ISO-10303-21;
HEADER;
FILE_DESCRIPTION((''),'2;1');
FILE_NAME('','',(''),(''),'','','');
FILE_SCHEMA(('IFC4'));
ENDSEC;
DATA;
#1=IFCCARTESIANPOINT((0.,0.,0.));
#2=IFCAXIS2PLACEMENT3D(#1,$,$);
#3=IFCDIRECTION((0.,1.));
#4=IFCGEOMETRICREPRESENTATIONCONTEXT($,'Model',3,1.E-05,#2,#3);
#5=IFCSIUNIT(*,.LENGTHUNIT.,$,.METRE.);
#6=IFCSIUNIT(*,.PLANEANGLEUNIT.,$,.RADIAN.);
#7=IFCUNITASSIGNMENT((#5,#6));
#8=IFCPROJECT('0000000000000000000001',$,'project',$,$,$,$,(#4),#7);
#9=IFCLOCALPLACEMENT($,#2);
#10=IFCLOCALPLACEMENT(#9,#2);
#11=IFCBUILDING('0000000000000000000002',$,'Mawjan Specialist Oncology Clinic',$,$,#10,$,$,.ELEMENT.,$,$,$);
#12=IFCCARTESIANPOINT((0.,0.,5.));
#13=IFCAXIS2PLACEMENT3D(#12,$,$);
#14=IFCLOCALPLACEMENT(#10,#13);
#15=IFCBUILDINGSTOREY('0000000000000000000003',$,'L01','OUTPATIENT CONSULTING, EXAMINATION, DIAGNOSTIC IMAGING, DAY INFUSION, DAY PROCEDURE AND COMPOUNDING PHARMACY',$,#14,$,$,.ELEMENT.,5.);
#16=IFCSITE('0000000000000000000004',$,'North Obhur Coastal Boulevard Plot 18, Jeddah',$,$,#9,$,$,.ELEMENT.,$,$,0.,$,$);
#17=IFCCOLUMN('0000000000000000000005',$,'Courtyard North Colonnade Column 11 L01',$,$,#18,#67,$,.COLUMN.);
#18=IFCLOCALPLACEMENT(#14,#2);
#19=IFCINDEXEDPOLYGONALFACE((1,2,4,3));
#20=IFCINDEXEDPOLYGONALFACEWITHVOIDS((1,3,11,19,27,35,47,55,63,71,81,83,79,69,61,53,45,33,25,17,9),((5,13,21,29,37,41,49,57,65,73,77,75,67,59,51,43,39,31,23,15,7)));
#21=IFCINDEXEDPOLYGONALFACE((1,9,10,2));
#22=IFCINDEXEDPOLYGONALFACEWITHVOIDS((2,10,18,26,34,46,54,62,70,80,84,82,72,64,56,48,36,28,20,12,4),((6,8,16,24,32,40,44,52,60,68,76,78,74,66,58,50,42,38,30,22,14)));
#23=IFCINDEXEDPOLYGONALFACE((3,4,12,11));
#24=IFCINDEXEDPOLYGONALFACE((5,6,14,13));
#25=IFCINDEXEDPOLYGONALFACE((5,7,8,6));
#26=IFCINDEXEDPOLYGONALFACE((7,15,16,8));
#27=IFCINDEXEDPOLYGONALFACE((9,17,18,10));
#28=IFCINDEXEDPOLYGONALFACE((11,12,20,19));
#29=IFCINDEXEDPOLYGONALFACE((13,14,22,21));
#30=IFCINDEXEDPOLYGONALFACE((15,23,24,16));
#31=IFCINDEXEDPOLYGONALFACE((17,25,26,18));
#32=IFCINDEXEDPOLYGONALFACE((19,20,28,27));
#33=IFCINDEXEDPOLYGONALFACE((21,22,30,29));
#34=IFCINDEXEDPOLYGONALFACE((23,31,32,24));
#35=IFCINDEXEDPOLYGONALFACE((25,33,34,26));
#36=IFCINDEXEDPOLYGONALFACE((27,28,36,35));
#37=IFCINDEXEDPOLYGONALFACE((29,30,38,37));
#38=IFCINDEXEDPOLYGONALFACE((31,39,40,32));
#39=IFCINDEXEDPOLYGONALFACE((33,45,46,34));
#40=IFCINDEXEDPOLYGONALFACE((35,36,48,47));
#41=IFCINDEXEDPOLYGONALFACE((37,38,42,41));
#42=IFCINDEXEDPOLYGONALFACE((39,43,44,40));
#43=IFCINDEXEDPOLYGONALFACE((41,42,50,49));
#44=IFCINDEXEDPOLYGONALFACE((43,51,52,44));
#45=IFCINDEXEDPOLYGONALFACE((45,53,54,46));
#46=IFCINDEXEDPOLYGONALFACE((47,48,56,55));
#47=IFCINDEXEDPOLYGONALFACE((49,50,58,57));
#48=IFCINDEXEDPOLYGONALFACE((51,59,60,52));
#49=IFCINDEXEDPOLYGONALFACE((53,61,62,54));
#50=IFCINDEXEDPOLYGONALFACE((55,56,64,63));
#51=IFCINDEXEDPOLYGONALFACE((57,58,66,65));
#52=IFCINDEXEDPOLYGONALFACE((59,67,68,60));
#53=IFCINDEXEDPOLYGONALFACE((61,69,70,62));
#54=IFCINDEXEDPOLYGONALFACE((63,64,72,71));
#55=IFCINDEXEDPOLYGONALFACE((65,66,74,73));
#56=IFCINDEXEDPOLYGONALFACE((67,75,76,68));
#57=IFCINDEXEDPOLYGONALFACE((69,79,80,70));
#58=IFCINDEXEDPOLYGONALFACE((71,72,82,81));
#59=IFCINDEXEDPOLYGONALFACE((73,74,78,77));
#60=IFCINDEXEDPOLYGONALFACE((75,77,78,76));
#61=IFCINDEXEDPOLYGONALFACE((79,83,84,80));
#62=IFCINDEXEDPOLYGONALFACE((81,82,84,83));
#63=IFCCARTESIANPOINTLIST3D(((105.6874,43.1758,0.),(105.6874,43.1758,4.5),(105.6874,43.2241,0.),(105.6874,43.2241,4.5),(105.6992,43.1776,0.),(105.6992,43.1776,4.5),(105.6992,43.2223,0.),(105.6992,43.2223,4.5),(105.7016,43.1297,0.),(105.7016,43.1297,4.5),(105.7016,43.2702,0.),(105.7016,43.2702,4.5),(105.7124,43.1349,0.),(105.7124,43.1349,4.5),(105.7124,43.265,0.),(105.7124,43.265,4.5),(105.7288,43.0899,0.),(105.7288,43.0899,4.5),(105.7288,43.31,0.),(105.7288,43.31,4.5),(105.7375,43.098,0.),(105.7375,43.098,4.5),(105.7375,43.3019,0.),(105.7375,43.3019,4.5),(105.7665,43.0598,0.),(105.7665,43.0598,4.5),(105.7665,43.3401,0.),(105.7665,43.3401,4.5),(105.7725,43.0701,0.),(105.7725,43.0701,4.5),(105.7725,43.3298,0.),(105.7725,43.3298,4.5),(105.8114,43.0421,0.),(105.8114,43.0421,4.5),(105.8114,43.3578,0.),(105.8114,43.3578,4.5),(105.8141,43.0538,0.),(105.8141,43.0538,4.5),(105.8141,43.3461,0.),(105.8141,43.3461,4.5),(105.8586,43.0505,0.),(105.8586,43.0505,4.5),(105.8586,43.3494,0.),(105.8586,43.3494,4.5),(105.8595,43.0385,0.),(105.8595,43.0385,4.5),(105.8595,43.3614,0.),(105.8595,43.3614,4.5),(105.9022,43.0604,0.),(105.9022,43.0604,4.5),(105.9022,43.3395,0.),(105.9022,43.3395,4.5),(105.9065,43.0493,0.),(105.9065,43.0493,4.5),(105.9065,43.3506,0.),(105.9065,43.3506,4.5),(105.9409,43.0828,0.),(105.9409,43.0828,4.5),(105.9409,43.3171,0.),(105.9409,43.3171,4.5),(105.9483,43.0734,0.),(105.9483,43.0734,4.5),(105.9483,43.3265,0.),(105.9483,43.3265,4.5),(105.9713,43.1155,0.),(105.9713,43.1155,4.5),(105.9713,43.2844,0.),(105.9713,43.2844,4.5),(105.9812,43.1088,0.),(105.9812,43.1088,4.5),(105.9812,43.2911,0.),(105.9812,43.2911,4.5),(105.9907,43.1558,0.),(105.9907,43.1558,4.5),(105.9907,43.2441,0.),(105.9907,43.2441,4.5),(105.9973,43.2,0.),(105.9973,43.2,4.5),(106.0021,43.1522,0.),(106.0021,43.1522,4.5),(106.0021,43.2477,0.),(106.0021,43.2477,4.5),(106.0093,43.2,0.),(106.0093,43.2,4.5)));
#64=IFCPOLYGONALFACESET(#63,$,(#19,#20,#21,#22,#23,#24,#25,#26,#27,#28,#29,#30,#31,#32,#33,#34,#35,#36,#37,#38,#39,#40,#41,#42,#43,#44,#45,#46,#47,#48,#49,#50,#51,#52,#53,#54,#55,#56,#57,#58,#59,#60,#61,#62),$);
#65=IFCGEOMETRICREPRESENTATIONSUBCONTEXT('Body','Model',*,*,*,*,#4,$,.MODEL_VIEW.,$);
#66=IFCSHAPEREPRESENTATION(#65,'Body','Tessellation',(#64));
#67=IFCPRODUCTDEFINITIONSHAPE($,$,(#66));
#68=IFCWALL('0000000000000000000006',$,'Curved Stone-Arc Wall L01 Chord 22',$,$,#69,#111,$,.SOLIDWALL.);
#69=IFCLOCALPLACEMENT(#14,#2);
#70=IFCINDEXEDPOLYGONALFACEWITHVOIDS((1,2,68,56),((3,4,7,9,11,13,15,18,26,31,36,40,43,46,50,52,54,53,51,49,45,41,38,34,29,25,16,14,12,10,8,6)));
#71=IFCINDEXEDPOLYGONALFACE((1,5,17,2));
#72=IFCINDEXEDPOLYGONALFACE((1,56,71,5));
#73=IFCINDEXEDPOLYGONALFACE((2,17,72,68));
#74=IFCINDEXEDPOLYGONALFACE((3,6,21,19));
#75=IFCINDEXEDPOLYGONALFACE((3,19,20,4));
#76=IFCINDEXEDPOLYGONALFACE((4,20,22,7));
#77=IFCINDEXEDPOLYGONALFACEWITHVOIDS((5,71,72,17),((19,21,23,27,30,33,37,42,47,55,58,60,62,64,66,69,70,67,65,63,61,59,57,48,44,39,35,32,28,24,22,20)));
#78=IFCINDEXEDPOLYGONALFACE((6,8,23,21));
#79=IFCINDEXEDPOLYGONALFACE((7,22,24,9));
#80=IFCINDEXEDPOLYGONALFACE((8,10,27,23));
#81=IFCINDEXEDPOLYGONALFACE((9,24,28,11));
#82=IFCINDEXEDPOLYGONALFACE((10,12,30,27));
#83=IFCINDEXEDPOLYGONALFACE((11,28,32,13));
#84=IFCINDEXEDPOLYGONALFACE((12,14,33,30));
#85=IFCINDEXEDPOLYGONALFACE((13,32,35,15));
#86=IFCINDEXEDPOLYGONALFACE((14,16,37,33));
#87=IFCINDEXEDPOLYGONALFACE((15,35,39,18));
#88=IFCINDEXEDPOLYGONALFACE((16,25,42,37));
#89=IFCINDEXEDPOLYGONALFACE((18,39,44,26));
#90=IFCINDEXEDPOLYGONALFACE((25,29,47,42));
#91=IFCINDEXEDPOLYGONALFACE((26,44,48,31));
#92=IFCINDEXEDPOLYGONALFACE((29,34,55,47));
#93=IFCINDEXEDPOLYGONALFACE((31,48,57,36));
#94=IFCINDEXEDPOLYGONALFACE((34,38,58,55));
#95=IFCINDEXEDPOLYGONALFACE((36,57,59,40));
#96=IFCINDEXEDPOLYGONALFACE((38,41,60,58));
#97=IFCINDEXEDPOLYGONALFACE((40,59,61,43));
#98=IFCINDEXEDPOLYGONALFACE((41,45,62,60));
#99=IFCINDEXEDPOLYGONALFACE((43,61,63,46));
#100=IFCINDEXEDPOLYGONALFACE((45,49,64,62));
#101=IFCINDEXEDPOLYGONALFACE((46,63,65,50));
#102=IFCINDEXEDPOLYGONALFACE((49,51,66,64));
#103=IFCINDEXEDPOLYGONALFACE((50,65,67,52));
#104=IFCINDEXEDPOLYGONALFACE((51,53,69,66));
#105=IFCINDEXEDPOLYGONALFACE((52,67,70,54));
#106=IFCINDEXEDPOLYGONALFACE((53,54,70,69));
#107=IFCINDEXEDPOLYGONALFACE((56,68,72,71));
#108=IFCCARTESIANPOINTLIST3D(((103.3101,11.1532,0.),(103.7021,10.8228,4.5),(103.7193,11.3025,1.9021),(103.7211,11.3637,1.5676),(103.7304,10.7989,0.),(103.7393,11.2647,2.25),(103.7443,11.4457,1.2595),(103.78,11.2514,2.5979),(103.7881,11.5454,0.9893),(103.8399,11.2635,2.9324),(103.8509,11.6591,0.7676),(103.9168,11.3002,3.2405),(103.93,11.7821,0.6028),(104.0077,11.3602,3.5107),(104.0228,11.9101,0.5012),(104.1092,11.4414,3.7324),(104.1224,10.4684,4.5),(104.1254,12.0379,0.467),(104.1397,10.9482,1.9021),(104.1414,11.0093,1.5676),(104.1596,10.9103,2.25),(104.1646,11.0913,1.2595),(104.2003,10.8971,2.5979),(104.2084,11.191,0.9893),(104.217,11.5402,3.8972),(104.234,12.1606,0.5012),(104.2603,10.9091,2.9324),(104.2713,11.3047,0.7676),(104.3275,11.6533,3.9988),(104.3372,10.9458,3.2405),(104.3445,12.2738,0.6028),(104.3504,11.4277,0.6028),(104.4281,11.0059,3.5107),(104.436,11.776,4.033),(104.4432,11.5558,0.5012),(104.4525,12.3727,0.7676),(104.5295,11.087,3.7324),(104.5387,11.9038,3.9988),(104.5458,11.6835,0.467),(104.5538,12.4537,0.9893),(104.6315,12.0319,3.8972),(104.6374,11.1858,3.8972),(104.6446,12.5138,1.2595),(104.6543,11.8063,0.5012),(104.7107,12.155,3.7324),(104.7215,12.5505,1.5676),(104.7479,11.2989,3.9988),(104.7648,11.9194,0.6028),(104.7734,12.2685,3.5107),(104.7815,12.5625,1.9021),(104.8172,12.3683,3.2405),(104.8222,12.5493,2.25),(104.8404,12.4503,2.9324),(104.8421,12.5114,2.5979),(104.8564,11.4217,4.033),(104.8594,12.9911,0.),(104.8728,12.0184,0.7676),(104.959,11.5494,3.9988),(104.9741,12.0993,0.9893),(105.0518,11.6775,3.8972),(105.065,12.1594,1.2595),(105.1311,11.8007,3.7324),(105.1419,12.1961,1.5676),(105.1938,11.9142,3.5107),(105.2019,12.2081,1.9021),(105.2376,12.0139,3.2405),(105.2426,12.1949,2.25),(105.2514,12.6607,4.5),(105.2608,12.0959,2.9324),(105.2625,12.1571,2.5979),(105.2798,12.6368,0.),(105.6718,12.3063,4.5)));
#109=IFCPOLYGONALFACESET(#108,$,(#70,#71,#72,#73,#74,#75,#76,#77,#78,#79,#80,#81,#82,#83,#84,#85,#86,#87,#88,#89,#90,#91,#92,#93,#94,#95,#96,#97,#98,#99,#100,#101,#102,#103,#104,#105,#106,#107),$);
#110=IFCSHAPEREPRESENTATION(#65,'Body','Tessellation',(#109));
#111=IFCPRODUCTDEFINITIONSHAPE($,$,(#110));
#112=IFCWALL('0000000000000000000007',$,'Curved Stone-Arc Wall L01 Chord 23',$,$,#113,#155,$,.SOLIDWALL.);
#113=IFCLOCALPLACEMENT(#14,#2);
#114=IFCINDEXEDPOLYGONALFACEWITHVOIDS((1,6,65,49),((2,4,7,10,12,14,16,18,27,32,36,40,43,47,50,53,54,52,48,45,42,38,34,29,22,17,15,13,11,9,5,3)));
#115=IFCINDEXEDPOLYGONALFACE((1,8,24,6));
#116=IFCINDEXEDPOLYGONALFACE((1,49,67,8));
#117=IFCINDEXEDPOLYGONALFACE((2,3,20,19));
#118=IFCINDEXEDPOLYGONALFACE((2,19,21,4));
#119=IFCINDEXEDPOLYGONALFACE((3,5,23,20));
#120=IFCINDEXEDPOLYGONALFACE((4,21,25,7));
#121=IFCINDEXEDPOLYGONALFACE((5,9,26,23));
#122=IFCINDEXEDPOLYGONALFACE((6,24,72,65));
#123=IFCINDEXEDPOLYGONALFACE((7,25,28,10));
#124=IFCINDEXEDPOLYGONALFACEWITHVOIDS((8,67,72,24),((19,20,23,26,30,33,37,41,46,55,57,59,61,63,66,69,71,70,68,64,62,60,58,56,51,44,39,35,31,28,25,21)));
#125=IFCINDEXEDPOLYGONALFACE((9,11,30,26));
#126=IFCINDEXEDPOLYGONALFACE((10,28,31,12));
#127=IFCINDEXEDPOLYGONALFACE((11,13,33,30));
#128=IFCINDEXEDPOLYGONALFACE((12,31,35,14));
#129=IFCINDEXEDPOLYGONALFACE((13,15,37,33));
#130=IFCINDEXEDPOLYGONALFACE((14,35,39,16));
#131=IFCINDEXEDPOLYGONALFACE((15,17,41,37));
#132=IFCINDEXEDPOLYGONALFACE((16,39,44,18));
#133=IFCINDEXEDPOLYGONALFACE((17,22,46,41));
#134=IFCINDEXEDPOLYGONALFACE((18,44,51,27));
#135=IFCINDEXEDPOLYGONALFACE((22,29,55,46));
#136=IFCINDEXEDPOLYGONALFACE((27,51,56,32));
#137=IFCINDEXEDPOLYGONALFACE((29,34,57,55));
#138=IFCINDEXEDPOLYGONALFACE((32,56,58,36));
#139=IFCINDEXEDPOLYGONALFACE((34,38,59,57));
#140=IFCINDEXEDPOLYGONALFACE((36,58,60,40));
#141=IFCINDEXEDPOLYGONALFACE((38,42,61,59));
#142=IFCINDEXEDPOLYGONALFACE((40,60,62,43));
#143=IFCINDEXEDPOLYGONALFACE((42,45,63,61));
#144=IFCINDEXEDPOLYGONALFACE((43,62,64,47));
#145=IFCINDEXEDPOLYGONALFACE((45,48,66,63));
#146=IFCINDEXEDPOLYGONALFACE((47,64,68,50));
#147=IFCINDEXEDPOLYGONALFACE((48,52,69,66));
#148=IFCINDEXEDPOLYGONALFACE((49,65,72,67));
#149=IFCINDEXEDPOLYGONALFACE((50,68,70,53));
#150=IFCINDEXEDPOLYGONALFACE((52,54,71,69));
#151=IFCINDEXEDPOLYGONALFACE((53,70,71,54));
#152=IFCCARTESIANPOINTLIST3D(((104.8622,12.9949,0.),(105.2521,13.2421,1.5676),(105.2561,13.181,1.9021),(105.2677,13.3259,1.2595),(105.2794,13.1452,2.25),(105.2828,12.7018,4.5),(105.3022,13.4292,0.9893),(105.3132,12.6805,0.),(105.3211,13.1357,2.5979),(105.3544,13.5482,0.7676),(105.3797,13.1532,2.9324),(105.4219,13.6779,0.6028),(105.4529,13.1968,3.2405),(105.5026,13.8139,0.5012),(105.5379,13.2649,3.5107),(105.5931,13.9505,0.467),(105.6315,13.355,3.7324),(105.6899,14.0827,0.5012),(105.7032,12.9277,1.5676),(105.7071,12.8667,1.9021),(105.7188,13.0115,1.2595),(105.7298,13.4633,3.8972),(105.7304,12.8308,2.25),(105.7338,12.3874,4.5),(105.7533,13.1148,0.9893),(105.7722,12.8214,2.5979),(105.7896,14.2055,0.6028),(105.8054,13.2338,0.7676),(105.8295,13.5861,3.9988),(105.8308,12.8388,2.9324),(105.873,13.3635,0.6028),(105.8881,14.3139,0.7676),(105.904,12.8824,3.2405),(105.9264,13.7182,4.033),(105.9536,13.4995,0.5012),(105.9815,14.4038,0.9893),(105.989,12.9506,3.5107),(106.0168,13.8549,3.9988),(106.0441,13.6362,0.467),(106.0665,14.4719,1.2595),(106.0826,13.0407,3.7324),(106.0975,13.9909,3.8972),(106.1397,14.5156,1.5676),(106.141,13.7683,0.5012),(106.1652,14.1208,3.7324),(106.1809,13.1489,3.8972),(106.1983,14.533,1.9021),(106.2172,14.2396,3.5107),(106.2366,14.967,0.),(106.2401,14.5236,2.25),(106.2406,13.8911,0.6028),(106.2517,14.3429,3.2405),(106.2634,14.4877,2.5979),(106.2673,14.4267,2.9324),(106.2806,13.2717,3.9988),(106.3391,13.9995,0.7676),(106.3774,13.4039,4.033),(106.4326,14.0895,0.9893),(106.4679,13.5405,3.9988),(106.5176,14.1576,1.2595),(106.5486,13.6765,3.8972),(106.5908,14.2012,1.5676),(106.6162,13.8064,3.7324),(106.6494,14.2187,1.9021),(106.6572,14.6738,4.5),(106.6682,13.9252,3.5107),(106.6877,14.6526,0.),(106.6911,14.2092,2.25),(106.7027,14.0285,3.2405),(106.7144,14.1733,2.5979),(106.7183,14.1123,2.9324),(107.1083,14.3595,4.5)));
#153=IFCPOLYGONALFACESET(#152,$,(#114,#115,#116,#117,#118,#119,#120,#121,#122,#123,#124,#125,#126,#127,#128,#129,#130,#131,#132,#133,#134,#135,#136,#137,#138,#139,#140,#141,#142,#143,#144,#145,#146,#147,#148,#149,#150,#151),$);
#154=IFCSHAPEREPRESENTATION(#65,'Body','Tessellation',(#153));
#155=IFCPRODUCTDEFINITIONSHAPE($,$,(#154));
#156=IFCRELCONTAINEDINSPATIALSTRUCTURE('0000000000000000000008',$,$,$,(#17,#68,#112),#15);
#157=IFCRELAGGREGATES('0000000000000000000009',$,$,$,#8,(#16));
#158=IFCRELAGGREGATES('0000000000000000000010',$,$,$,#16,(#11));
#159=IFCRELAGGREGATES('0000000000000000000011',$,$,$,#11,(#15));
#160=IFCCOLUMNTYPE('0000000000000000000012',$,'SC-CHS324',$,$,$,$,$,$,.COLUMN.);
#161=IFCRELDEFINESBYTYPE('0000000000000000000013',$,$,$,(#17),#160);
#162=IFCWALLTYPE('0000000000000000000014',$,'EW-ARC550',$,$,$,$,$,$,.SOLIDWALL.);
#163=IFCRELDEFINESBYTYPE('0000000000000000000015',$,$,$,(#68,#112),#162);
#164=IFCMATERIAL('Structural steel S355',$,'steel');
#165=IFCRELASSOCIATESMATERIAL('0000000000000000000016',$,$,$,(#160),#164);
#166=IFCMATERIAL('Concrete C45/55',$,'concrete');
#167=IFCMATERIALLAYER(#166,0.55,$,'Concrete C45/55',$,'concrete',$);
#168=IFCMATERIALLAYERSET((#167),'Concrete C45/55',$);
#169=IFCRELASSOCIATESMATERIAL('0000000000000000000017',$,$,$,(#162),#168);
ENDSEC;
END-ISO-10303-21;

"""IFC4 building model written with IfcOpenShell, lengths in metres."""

from ifc_helpers import new_model, si_unit, direction, frame, origin, origin_2d, place, context, subcontext, project, spatial, polyline, hollow_circle, outline, extrude, material, layer, layer_set, material_profile, profile_set, type_object, element, save


model = new_model("IFC4")

# Units and contexts
model_context = context("Model", 3, precision=1e-05, world=origin(), true_north=direction((0.0, 1.0)))
body_context = subcontext(model_context, "Body", "Model", "MODEL_VIEW")
ifc_project = project(units=[si_unit("LENGTHUNIT", "METRE"), si_unit("PLANEANGLEUNIT", "RADIAN")], contexts=[model_context])

# Site, building, storey
site_placement = place(None, origin())
site = spatial("IfcSite", under=ifc_project, at=site_placement, Name="North Obhur Coastal Boulevard Plot 18, Jeddah", CompositionType="ELEMENT", RefElevation=0.0)
building_placement = place(site_placement, origin())
building = spatial("IfcBuilding", under=site, at=building_placement, Name="Mawjan Specialist Oncology Clinic", CompositionType="ELEMENT")
storey_placement = place(building_placement, frame((0.0, 0.0, 5.0)))
storey = spatial("IfcBuildingStorey", under=building, at=storey_placement, Name="L01", Description="OUTPATIENT CONSULTING, EXAMINATION, DIAGNOSTIC IMAGING, DAY INFUSION, DAY PROCEDURE AND COMPOUNDING PHARMACY", CompositionType="ELEMENT", Elevation=5.0)

# Column
ifc_material_1 = material(Name="Structural steel S355", Category="steel")
ifc_material_profile = material_profile(ifc_material_1, hollow_circle(Radius=0.1619, WallThickness=0.012, at=origin_2d()), Name="CHS 323.9x12", Category="steel")
ifc_profile_set = profile_set([ifc_material_profile], Name="Structural steel S355")
column_type = type_object("IfcColumnType", Name="SC-CHS324", PredefinedType="COLUMN", material=ifc_profile_set)
column_1_placement = place(storey_placement, frame((105.8474, 43.2, 0.0), z_axis=(0.0, 0.0, 1.0), x_axis=(1.0, 0.0, 0.0)))
element("IfcColumn", 1, at=column_1_placement, inside=storey, type_object=column_type, Name="Courtyard North Colonnade Column 11 L01", PredefinedType="COLUMN", context=body_context, shape_type="SweptSolid", body=[
    extrude(hollow_circle(Radius=0.1619, WallThickness=0.012, at=origin_2d()), origin(), (0.0, 0.0, 1.0), 4.5),
])

# Walls, openings
ifc_material_2 = material(Name="Concrete C45/55", Category="concrete")
ifc_layer = layer(ifc_material_2, 0.55, Name="Concrete C45/55", Category="concrete")
ifc_layer_set = layer_set([ifc_layer], Name="Concrete C45/55")
wall_type = type_object("IfcWallType", Name="EW-ARC550", PredefinedType="SOLIDWALL", material=ifc_layer_set)
wall_1_placement = place(storey_placement, frame((105.0696, 12.814, 0.0), z_axis=(0.0, 0.0, 1.0), x_axis=(-0.64453, -0.764579, 0.0)))
wall_1 = element("IfcWall", 2, at=wall_1_placement, inside=storey, type_object=wall_type, Name="Curved Stone-Arc Wall L01 Chord 22", PredefinedType="SOLIDWALL", context=body_context, shape_type="SweptSolid", body=[
    extrude(outline(polyline([(-0.2749, 0.0), (0.2749, 0.0), (0.7876, 4.5), (0.2378, 4.5), (-0.2749, 0.0)])), frame((0.0, 0.0, 0.0), z_axis=(1.0, 0.0, 0.0), x_axis=(0.0, 1.0, 0.0)), (0.0, 0.0, 1.0), 2.4038),
])
opening_1_placement = place(wall_1_placement, origin())
element("IfcOpeningElement", 3, at=opening_1_placement, cuts=wall_1, PredefinedType="OPENING", context=body_context, shape_type="SweptSolid", body=[
    extrude(outline(polyline([(2.042, 2.25), (2.0259, 2.5979), (1.978, 2.9324), (1.9004, 3.2405), (1.7959, 3.5107), (1.6685, 3.7324), (1.5234, 3.8972), (1.3657, 3.9988), (1.2019, 4.033), (1.0381, 3.9988), (0.8804, 3.8972), (0.7351, 3.7324), (0.6079, 3.5107), (0.5034, 3.2405), (0.4258, 2.9324), (0.3779, 2.5979), (0.3618, 2.25), (0.3779, 1.9021), (0.4258, 1.5676), (0.5034, 1.2595), (0.6079, 0.9893), (0.7351, 0.7676), (0.8804, 0.6028), (1.0381, 0.5012), (1.2019, 0.467), (1.3657, 0.5012), (1.5234, 0.6028), (1.6685, 0.7676), (1.7959, 0.9893), (1.9004, 1.2595), (1.978, 1.5676), (2.0259, 1.9021), (2.042, 2.25)])), frame((0.0, 0.8076, 0.0), z_axis=(0.0, -1.0, 0.0), x_axis=(1.0, 0.0, 0.0)), (0.0, 0.0, 1.0), 1.1028),
])
wall_2_placement = place(storey_placement, frame((106.4622, 14.8098, 0.0), z_axis=(0.0, 0.0, 1.0), x_axis=(-0.571784, -0.820404, 0.0)))
wall_2 = element("IfcWall", 4, at=wall_2_placement, inside=storey, type_object=wall_type, Name="Curved Stone-Arc Wall L01 Chord 23", PredefinedType="SOLIDWALL", context=body_context, shape_type="SweptSolid", body=[
    extrude(outline(polyline([(-0.2749, 0.0), (0.2749, 0.0), (0.7876, 4.5), (0.2378, 4.5), (-0.2749, 0.0)])), frame((0.0, 0.0, 0.0), z_axis=(1.0, 0.0, 0.0), x_axis=(0.0, 1.0, 0.0)), (0.0, 0.0, 1.0), 2.4038),
])
opening_2_placement = place(wall_2_placement, origin())
element("IfcOpeningElement", 5, at=opening_2_placement, cuts=wall_2, PredefinedType="OPENING", context=body_context, shape_type="SweptSolid", body=[
    extrude(outline(polyline([(2.042, 2.25), (2.0259, 2.5979), (1.978, 2.9324), (1.9004, 3.2405), (1.7959, 3.5107), (1.6685, 3.7324), (1.5234, 3.8972), (1.3657, 3.9988), (1.2019, 4.033), (1.0381, 3.9988), (0.8804, 3.8972), (0.7351, 3.7324), (0.6079, 3.5107), (0.5034, 3.2405), (0.4258, 2.9324), (0.3779, 2.5979), (0.3618, 2.25), (0.3779, 1.9021), (0.4258, 1.5676), (0.5034, 1.2595), (0.6079, 0.9893), (0.7351, 0.7676), (0.8804, 0.6028), (1.0381, 0.5012), (1.2019, 0.467), (1.3657, 0.5012), (1.5234, 0.6028), (1.6685, 0.7676), (1.7959, 0.9893), (1.9004, 1.2595), (1.978, 1.5676), (2.0259, 1.9021), (2.042, 2.25)])), frame((0.0, 0.8076, 0.0), z_axis=(0.0, -1.0, 0.0), x_axis=(1.0, 0.0, 0.0)), (0.0, 0.0, 1.0), 1.1028),
])

save(model, "model.ifc")
